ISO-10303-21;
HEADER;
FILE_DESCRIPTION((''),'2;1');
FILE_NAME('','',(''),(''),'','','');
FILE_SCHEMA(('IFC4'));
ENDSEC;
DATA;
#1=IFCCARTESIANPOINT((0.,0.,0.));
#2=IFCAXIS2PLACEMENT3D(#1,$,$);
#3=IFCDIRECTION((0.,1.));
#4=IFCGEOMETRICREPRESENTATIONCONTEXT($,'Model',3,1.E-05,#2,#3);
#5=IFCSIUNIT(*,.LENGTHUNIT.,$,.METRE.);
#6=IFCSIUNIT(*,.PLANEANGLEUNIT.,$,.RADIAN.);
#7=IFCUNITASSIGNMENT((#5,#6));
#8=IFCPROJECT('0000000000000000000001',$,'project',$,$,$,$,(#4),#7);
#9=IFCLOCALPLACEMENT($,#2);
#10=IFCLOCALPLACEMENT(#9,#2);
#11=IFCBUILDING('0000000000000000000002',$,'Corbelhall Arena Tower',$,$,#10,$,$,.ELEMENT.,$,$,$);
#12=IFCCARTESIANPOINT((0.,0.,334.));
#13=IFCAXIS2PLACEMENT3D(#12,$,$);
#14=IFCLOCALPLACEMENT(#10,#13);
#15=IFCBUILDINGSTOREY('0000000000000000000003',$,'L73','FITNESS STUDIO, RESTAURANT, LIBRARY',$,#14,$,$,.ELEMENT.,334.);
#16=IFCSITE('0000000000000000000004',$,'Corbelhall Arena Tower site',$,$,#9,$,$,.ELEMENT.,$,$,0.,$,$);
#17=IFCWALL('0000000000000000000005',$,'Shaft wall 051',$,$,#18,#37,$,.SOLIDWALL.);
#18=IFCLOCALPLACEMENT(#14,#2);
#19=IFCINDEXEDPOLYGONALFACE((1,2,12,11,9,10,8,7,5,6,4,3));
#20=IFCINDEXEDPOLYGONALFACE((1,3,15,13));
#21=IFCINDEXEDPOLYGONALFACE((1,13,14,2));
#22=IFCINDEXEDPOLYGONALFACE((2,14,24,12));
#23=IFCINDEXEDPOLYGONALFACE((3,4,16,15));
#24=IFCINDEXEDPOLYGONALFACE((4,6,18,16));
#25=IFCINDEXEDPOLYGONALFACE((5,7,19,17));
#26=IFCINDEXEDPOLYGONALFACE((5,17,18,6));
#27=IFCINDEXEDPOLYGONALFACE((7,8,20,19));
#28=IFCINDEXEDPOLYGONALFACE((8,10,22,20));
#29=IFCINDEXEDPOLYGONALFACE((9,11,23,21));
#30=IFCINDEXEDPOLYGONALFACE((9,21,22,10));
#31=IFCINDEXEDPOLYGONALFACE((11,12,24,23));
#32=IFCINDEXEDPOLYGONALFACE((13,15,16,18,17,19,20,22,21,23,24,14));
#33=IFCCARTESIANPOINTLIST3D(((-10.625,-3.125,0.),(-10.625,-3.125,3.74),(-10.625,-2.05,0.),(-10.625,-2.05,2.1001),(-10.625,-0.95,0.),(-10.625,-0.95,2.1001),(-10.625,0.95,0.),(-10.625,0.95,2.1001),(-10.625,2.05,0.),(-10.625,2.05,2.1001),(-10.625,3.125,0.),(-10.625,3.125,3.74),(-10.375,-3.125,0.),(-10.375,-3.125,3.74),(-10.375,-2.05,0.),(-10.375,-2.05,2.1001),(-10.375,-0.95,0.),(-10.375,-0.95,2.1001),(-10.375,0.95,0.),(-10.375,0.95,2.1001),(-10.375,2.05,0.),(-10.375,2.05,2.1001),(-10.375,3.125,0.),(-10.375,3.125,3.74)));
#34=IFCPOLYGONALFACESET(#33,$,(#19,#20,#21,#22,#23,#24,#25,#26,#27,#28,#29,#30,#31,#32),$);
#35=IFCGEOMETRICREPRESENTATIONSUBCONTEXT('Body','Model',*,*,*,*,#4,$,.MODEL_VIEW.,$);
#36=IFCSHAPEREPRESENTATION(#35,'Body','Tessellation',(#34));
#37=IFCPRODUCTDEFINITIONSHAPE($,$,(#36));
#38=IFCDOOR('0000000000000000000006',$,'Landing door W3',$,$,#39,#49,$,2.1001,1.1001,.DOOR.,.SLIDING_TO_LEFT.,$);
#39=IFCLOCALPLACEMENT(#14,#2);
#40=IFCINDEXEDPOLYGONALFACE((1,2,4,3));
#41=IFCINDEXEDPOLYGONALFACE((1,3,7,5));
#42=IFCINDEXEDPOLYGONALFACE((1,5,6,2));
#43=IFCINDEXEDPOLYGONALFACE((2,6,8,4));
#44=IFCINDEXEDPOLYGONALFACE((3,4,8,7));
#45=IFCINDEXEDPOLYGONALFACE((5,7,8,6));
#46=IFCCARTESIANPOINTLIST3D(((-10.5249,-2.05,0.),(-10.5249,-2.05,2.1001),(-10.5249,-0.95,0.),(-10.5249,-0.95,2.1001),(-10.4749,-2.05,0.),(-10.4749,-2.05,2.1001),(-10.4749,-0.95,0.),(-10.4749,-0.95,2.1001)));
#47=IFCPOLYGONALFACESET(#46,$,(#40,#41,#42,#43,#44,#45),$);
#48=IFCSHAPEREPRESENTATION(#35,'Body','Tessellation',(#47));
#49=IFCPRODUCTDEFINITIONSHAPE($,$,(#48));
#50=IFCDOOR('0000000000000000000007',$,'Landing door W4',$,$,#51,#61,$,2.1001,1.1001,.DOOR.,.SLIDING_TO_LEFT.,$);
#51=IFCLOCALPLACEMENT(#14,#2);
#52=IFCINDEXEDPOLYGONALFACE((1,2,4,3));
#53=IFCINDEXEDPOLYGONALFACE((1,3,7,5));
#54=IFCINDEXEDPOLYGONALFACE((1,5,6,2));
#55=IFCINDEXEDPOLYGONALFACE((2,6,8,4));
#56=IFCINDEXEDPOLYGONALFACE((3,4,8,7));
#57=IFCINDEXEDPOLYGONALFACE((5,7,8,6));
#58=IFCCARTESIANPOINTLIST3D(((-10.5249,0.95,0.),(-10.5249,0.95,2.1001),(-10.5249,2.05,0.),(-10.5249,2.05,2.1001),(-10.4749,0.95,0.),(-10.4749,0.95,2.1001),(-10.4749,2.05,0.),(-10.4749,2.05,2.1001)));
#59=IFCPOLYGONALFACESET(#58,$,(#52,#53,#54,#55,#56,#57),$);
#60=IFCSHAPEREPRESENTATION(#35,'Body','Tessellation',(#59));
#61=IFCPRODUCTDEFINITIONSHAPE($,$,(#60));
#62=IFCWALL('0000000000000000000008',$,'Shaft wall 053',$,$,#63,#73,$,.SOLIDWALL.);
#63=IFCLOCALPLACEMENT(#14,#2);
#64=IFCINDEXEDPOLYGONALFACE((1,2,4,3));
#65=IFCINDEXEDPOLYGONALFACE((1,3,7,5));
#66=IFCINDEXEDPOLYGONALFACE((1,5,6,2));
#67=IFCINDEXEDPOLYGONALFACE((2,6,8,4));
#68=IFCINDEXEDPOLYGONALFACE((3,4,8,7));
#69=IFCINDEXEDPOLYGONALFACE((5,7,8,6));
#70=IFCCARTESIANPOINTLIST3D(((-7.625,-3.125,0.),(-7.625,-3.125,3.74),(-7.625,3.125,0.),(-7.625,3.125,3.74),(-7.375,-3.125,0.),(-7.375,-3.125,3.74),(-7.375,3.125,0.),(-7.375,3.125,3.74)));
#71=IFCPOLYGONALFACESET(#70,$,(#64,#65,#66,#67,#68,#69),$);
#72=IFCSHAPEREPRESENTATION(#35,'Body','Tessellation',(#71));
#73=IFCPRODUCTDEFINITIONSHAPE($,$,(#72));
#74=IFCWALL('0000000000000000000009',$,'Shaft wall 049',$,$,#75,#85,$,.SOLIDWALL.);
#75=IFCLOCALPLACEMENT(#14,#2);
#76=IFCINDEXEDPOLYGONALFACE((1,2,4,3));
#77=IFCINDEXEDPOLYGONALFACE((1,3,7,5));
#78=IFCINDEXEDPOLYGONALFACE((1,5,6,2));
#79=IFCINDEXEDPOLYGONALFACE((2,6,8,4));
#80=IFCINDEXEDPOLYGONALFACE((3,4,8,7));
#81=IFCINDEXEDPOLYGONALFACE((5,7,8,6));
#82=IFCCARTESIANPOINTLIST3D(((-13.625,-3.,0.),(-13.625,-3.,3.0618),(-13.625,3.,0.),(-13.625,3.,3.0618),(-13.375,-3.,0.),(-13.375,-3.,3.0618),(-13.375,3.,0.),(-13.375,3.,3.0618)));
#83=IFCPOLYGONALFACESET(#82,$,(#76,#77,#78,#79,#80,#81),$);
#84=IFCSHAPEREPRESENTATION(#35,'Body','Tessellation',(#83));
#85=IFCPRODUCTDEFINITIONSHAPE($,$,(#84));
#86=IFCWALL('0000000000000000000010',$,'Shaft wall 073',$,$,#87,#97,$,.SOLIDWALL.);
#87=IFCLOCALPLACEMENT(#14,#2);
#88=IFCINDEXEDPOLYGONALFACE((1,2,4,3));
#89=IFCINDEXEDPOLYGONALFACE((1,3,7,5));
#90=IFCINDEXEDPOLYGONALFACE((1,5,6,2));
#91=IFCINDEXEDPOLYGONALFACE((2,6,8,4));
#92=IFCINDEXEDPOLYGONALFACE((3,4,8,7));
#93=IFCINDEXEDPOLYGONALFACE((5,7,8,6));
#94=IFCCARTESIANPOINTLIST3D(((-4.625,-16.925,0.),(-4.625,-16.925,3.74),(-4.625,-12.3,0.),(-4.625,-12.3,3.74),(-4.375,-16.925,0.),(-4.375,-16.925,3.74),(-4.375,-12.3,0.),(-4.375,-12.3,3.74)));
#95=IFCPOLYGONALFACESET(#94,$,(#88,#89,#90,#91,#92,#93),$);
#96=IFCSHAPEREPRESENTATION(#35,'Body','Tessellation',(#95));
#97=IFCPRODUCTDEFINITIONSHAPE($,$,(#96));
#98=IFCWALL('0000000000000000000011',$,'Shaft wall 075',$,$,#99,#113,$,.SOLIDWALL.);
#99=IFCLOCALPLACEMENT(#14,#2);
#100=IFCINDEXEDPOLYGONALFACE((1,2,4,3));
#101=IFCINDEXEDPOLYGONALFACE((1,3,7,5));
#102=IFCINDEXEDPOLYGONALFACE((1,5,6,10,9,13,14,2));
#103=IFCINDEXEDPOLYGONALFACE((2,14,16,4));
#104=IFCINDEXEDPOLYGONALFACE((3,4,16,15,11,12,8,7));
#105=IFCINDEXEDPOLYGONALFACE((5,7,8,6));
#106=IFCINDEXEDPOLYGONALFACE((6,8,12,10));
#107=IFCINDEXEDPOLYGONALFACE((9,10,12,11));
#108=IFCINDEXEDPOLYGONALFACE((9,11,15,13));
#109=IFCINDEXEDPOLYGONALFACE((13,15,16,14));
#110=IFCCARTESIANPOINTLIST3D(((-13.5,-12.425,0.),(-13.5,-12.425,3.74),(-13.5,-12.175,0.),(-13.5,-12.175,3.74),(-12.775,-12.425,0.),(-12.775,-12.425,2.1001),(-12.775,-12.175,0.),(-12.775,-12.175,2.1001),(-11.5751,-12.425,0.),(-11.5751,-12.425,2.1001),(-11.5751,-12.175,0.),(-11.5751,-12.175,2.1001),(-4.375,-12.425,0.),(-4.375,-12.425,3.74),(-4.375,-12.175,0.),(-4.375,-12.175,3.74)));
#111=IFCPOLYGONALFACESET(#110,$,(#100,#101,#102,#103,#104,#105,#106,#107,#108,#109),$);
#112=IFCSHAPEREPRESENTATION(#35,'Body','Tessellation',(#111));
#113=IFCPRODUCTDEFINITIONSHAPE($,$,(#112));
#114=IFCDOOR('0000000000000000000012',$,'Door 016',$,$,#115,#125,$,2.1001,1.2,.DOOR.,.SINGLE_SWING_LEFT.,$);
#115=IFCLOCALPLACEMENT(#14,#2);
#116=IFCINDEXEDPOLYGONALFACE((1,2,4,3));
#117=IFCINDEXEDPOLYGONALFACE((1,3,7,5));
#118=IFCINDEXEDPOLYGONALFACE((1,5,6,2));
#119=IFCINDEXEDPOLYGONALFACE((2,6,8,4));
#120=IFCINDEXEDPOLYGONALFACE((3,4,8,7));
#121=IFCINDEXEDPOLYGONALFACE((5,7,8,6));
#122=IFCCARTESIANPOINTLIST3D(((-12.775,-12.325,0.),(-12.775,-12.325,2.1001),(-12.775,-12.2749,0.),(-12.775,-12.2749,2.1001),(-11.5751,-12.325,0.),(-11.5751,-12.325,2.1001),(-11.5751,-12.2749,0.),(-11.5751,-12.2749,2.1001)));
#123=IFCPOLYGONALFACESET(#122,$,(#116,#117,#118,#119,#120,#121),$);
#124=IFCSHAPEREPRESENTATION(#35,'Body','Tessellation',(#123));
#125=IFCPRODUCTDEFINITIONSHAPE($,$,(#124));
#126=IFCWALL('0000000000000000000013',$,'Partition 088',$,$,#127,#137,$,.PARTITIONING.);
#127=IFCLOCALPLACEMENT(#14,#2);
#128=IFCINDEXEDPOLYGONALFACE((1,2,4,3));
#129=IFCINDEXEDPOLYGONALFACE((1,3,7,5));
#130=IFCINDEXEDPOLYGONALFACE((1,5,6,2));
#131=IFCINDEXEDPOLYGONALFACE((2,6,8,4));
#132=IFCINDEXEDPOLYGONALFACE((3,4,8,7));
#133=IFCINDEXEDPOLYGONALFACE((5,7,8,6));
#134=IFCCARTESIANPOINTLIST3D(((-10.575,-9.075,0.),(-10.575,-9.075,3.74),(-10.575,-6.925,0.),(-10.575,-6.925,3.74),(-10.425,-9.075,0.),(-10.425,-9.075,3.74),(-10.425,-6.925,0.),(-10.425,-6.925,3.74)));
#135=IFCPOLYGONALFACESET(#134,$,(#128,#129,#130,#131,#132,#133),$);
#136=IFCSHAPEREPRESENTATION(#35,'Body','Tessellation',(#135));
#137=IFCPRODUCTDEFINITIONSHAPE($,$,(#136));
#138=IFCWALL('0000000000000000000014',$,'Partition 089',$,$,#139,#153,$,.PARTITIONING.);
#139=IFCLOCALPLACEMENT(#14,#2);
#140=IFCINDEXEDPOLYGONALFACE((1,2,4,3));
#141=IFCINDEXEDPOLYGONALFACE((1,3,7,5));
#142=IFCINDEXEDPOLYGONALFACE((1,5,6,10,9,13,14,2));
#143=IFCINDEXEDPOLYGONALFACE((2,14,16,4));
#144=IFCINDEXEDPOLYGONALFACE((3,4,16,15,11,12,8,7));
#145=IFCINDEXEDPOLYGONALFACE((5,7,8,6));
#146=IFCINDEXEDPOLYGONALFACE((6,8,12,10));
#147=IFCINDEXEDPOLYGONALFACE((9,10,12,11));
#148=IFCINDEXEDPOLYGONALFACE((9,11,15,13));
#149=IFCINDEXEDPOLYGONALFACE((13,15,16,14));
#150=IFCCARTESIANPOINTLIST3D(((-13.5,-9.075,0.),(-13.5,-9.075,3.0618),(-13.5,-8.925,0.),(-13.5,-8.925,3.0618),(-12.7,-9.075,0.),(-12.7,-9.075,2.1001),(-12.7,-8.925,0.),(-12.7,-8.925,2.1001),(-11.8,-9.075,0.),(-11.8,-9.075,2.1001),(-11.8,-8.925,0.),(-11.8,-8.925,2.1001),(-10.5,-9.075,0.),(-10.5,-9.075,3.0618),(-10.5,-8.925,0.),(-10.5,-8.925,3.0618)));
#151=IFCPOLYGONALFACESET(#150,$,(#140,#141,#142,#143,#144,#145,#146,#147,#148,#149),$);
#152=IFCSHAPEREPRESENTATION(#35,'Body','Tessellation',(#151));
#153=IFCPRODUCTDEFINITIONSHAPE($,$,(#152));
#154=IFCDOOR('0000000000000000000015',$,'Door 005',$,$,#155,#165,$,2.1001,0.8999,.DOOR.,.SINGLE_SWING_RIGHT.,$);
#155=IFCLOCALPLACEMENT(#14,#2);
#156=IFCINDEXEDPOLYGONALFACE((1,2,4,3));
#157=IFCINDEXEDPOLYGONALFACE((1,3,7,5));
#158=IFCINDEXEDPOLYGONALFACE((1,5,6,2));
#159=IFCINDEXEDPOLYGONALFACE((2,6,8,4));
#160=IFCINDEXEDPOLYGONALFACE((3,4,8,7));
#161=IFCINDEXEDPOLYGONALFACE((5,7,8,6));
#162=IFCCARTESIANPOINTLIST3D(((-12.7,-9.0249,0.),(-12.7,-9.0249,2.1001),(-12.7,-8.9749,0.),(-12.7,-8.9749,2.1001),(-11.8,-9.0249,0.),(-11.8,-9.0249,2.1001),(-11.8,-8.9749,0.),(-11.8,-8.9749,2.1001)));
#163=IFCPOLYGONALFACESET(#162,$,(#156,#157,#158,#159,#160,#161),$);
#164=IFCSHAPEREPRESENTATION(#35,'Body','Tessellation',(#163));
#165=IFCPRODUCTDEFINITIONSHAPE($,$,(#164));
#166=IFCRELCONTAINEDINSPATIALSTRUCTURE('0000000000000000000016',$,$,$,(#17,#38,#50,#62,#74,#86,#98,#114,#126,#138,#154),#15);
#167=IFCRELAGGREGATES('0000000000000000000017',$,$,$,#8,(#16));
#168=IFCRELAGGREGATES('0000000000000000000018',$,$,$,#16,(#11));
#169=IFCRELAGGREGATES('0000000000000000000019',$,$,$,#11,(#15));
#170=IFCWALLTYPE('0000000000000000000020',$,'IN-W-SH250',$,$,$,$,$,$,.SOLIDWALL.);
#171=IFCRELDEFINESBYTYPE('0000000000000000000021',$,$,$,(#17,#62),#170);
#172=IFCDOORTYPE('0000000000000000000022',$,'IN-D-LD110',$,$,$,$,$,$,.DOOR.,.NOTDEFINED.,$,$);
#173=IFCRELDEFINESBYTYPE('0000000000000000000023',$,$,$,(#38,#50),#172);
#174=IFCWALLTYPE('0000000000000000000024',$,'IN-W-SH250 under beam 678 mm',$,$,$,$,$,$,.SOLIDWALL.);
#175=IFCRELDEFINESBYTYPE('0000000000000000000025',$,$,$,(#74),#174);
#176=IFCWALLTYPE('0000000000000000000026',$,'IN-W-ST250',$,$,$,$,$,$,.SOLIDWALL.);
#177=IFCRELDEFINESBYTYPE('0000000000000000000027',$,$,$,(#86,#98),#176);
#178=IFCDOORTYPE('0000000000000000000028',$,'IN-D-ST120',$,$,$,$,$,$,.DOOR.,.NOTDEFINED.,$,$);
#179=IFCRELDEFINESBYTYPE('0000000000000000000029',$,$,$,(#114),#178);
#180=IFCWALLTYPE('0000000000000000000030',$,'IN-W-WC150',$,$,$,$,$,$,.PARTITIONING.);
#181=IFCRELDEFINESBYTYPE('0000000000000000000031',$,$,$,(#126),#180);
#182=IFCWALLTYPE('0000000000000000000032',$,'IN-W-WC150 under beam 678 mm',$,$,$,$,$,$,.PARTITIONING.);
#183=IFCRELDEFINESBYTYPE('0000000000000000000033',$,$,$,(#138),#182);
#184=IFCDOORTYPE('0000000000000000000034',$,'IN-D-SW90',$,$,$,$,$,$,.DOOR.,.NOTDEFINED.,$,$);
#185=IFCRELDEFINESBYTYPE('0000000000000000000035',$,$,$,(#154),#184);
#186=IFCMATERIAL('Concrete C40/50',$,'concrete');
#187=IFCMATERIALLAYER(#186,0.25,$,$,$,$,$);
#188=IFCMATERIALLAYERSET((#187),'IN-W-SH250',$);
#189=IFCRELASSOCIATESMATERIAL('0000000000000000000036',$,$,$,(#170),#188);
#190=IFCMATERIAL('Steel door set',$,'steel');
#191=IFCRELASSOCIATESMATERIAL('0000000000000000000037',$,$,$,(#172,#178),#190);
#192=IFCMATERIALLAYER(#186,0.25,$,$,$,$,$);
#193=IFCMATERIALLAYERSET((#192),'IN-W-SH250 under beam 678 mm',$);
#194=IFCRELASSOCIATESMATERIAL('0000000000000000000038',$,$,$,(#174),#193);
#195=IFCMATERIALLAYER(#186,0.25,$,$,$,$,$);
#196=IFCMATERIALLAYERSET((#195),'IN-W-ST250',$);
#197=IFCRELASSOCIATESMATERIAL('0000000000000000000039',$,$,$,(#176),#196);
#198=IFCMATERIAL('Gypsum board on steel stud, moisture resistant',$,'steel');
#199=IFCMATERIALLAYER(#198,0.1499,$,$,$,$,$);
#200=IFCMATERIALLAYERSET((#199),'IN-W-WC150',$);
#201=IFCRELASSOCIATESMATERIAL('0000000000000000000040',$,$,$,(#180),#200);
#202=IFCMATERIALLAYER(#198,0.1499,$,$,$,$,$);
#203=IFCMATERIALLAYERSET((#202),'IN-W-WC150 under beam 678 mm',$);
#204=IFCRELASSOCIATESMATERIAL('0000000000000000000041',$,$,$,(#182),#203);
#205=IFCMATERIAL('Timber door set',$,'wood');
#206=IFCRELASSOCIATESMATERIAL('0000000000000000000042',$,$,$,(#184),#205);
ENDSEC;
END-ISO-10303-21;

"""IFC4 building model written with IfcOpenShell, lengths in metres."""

from ifc_helpers import new_model, si_unit, direction, frame, frame_2d, origin, place, context, subcontext, project, spatial, rectangle, extrude, material, layer, layer_set, type_object, element, fill, save


model = new_model("IFC4")

# Units and contexts
model_context = context("Model", 3, precision=1e-05, world=origin(), true_north=direction((0.0, 1.0)))
body_context = subcontext(model_context, "Body", "Model", "MODEL_VIEW")
ifc_project = project(units=[si_unit("LENGTHUNIT", "METRE"), si_unit("PLANEANGLEUNIT", "RADIAN")], contexts=[model_context])

# Site, building, storey
site_placement = place(None, origin())
site = spatial("IfcSite", under=ifc_project, at=site_placement, Name="Corbelhall Arena Tower site", CompositionType="ELEMENT", RefElevation=0.0)
building_placement = place(site_placement, origin())
building = spatial("IfcBuilding", under=site, at=building_placement, Name="Corbelhall Arena Tower", CompositionType="ELEMENT")
storey_placement = place(building_placement, frame((0.0, 0.0, 334.0)))
storey = spatial("IfcBuildingStorey", under=building, at=storey_placement, Name="L73", Description="FITNESS STUDIO, RESTAURANT, LIBRARY", CompositionType="ELEMENT", Elevation=334.0)

# Shared definitions
ifc_material_1 = material(Name="Steel door set", Category="steel")

# Wall, openings, doors
ifc_material_2 = material(Name="Concrete C40/50", Category="concrete")
ifc_layer_1 = layer(ifc_material_2, 0.25)
ifc_layer_set_1 = layer_set([ifc_layer_1], Name="IN-W-SH250")
wall_type_1 = type_object("IfcWallType", Name="IN-W-SH250", PredefinedType="SOLIDWALL", material=ifc_layer_set_1)
wall_1_placement = place(storey_placement, frame((-10.5, -3.125, 0.0), z_axis=(0.0, 0.0, 1.0), x_axis=(0.0, 1.0, 0.0)))
wall_1 = element("IfcWall", 1, at=wall_1_placement, inside=storey, type_object=wall_type_1, Name="Shaft wall 051", PredefinedType="SOLIDWALL", context=body_context, shape_type="SweptSolid", body=[
    extrude(rectangle(XDim=6.25, YDim=0.25, at=frame_2d((3.125, 0.0))), origin(), (0.0, 0.0, 1.0), 3.74),
])
opening_1_placement = place(wall_1_placement, frame((1.075, 0.0, 0.0)))
opening_1 = element("IfcOpeningElement", 2, at=opening_1_placement, cuts=wall_1, PredefinedType="OPENING", context=body_context, shape_type="SweptSolid", body=[
    extrude(rectangle(XDim=1.1001, YDim=2.1001, at=frame_2d((0.55, 1.05))), frame((0.0, 0.125, 0.0), z_axis=(0.0, -1.0, 0.0), x_axis=(1.0, 0.0, 0.0)), (0.0, 0.0, 1.0), 0.25),
])
opening_2_placement = place(wall_1_placement, frame((4.075, 0.0, 0.0)))
opening_2 = element("IfcOpeningElement", 3, at=opening_2_placement, cuts=wall_1, PredefinedType="OPENING", context=body_context, shape_type="SweptSolid", body=[
    extrude(rectangle(XDim=1.1001, YDim=2.1001, at=frame_2d((0.55, 1.05))), frame((0.0, 0.125, 0.0), z_axis=(0.0, -1.0, 0.0), x_axis=(1.0, 0.0, 0.0)), (0.0, 0.0, 1.0), 0.25),
])
door_type_1 = type_object("IfcDoorType", Name="IN-D-LD110", OperationType="NOTDEFINED", PredefinedType="DOOR", material=ifc_material_1)
door_1_placement = place(opening_1_placement, origin())
door_1 = element("IfcDoor", 4, at=door_1_placement, inside=storey, type_object=door_type_1, Name="Landing door W3", OperationType="SLIDING_TO_LEFT", OverallHeight=2.1001, OverallWidth=1.1001, PredefinedType="DOOR", context=body_context, shape_type="SweptSolid", body=[
    extrude(rectangle(XDim=1.1001, YDim=2.1001, at=frame_2d((0.55, 1.05))), frame((0.0, 0.0249, 0.0), z_axis=(0.0, -1.0, 0.0), x_axis=(1.0, 0.0, 0.0)), (0.0, 0.0, 1.0), 0.05),
])
fill(opening_1, door_1)
door_2_placement = place(opening_2_placement, origin())
door_2 = element("IfcDoor", 5, at=door_2_placement, inside=storey, type_object=door_type_1, Name="Landing door W4", OperationType="SLIDING_TO_LEFT", OverallHeight=2.1001, OverallWidth=1.1001, PredefinedType="DOOR", context=body_context, shape_type="SweptSolid", body=[
    extrude(rectangle(XDim=1.1001, YDim=2.1001, at=frame_2d((0.55, 1.05))), frame((0.0, 0.0249, 0.0), z_axis=(0.0, -1.0, 0.0), x_axis=(1.0, 0.0, 0.0)), (0.0, 0.0, 1.0), 0.05),
])
fill(opening_2, door_2)

# Walls
wall_2_placement = place(storey_placement, frame((-7.5, -3.125, 0.0), z_axis=(0.0, 0.0, 1.0), x_axis=(0.0, 1.0, 0.0)))
element("IfcWall", 6, at=wall_2_placement, inside=storey, type_object=wall_type_1, Name="Shaft wall 053", PredefinedType="SOLIDWALL", context=body_context, shape_type="SweptSolid", body=[
    extrude(rectangle(XDim=6.25, YDim=0.25, at=frame_2d((3.125, 0.0))), origin(), (0.0, 0.0, 1.0), 3.74),
])
ifc_layer_2 = layer(ifc_material_2, 0.25)
ifc_layer_set_2 = layer_set([ifc_layer_2], Name="IN-W-SH250 under beam 678 mm")
wall_type_2 = type_object("IfcWallType", Name="IN-W-SH250 under beam 678 mm", PredefinedType="SOLIDWALL", material=ifc_layer_set_2)
wall_3_placement = place(storey_placement, frame((-13.5, -3.0, 0.0), z_axis=(0.0, 0.0, 1.0), x_axis=(0.0, 1.0, 0.0)))
element("IfcWall", 7, at=wall_3_placement, inside=storey, type_object=wall_type_2, Name="Shaft wall 049", PredefinedType="SOLIDWALL", context=body_context, shape_type="SweptSolid", body=[
    extrude(rectangle(XDim=6.0, YDim=0.25, at=frame_2d((3.0, 0.0))), origin(), (0.0, 0.0, 1.0), 3.0618),
])
ifc_layer_3 = layer(ifc_material_2, 0.25)
ifc_layer_set_3 = layer_set([ifc_layer_3], Name="IN-W-ST250")
wall_type_3 = type_object("IfcWallType", Name="IN-W-ST250", PredefinedType="SOLIDWALL", material=ifc_layer_set_3)
wall_4_placement = place(storey_placement, frame((-4.5, -12.3, 0.0), z_axis=(0.0, 0.0, 1.0), x_axis=(0.0, -1.0, 0.0)))
element("IfcWall", 8, at=wall_4_placement, inside=storey, type_object=wall_type_3, Name="Shaft wall 073", PredefinedType="SOLIDWALL", context=body_context, shape_type="SweptSolid", body=[
    extrude(rectangle(XDim=4.625, YDim=0.25, at=frame_2d((2.3125, 0.0))), origin(), (0.0, 0.0, 1.0), 3.74),
])

# Wall, opening, door
wall_5_placement = place(storey_placement, frame((-4.375, -12.3, 0.0), z_axis=(0.0, 0.0, 1.0), x_axis=(-1.0, 0.0, 0.0)))
wall_5 = element("IfcWall", 9, at=wall_5_placement, inside=storey, type_object=wall_type_3, Name="Shaft wall 075", PredefinedType="SOLIDWALL", context=body_context, shape_type="SweptSolid", body=[
    extrude(rectangle(XDim=9.125, YDim=0.25, at=frame_2d((4.5625, 0.0))), origin(), (0.0, 0.0, 1.0), 3.74),
])
opening_3_placement = place(wall_5_placement, frame((7.2, 0.0, 0.0)))
opening_3 = element("IfcOpeningElement", 10, at=opening_3_placement, cuts=wall_5, PredefinedType="OPENING", context=body_context, shape_type="SweptSolid", body=[
    extrude(rectangle(XDim=1.2, YDim=2.1001, at=frame_2d((0.6001, 1.05))), frame((0.0, 0.125, 0.0), z_axis=(0.0, -1.0, 0.0), x_axis=(1.0, 0.0, 0.0)), (0.0, 0.0, 1.0), 0.25),
])
door_type_2 = type_object("IfcDoorType", Name="IN-D-ST120", OperationType="NOTDEFINED", PredefinedType="DOOR", material=ifc_material_1)
door_3_placement = place(opening_3_placement, origin())
door_3 = element("IfcDoor", 11, at=door_3_placement, inside=storey, type_object=door_type_2, Name="Door 016", OperationType="SINGLE_SWING_LEFT", OverallHeight=2.1001, OverallWidth=1.2, PredefinedType="DOOR", context=body_context, shape_type="SweptSolid", body=[
    extrude(rectangle(XDim=1.2, YDim=2.1001, at=frame_2d((0.6001, 1.05))), frame((0.0, 0.0249, 0.0), z_axis=(0.0, -1.0, 0.0), x_axis=(1.0, 0.0, 0.0)), (0.0, 0.0, 1.0), 0.05),
])
fill(opening_3, door_3)

# Wall
ifc_material_3 = material(Name="Gypsum board on steel stud, moisture resistant", Category="steel")
ifc_layer_4 = layer(ifc_material_3, 0.1499)
ifc_layer_set_4 = layer_set([ifc_layer_4], Name="IN-W-WC150")
wall_type_4 = type_object("IfcWallType", Name="IN-W-WC150", PredefinedType="PARTITIONING", material=ifc_layer_set_4)
wall_6_placement = place(storey_placement, frame((-10.5, -9.075, 0.0), z_axis=(0.0, 0.0, 1.0), x_axis=(0.0, 1.0, 0.0)))
element("IfcWall", 12, at=wall_6_placement, inside=storey, type_object=wall_type_4, Name="Partition 088", PredefinedType="PARTITIONING", context=body_context, shape_type="SweptSolid", body=[
    extrude(rectangle(XDim=2.1499, YDim=0.1499, at=frame_2d((1.075, 0.0))), origin(), (0.0, 0.0, 1.0), 3.74),
])

# Wall, opening, door
ifc_layer_5 = layer(ifc_material_3, 0.1499)
ifc_layer_set_5 = layer_set([ifc_layer_5], Name="IN-W-WC150 under beam 678 mm")
wall_type_5 = type_object("IfcWallType", Name="IN-W-WC150 under beam 678 mm", PredefinedType="PARTITIONING", material=ifc_layer_set_5)
wall_7_placement = place(storey_placement, frame((-10.5, -9.0, 0.0), z_axis=(0.0, 0.0, 1.0), x_axis=(-1.0, 0.0, 0.0)))
wall_7 = element("IfcWall", 13, at=wall_7_placement, inside=storey, type_object=wall_type_5, Name="Partition 089", PredefinedType="PARTITIONING", context=body_context, shape_type="SweptSolid", body=[
    extrude(rectangle(XDim=3.0, YDim=0.1499, at=frame_2d((1.5, 0.0))), origin(), (0.0, 0.0, 1.0), 3.0618),
])
opening_4_placement = place(wall_7_placement, frame((1.3, 0.0, 0.0)))
opening_4 = element("IfcOpeningElement", 14, at=opening_4_placement, cuts=wall_7, PredefinedType="OPENING", context=body_context, shape_type="SweptSolid", body=[
    extrude(rectangle(XDim=0.8999, YDim=2.1001, at=frame_2d((0.45, 1.05))), frame((0.0, 0.075, 0.0), z_axis=(0.0, -1.0, 0.0), x_axis=(1.0, 0.0, 0.0)), (0.0, 0.0, 1.0), 0.1499),
])
ifc_material_4 = material(Name="Timber door set", Category="wood")
door_type_3 = type_object("IfcDoorType", Name="IN-D-SW90", OperationType="NOTDEFINED", PredefinedType="DOOR", material=ifc_material_4)
door_4_placement = place(opening_4_placement, origin())
door_4 = element("IfcDoor", 15, at=door_4_placement, inside=storey, type_object=door_type_3, Name="Door 005", OperationType="SINGLE_SWING_RIGHT", OverallHeight=2.1001, OverallWidth=0.8999, PredefinedType="DOOR", context=body_context, shape_type="SweptSolid", body=[
    extrude(rectangle(XDim=0.8999, YDim=2.1001, at=frame_2d((0.45, 1.05))), frame((0.0, 0.0249, 0.0), z_axis=(0.0, -1.0, 0.0), x_axis=(1.0, 0.0, 0.0)), (0.0, 0.0, 1.0), 0.05),
])
fill(opening_4, door_4)

save(model, "model.ifc")
